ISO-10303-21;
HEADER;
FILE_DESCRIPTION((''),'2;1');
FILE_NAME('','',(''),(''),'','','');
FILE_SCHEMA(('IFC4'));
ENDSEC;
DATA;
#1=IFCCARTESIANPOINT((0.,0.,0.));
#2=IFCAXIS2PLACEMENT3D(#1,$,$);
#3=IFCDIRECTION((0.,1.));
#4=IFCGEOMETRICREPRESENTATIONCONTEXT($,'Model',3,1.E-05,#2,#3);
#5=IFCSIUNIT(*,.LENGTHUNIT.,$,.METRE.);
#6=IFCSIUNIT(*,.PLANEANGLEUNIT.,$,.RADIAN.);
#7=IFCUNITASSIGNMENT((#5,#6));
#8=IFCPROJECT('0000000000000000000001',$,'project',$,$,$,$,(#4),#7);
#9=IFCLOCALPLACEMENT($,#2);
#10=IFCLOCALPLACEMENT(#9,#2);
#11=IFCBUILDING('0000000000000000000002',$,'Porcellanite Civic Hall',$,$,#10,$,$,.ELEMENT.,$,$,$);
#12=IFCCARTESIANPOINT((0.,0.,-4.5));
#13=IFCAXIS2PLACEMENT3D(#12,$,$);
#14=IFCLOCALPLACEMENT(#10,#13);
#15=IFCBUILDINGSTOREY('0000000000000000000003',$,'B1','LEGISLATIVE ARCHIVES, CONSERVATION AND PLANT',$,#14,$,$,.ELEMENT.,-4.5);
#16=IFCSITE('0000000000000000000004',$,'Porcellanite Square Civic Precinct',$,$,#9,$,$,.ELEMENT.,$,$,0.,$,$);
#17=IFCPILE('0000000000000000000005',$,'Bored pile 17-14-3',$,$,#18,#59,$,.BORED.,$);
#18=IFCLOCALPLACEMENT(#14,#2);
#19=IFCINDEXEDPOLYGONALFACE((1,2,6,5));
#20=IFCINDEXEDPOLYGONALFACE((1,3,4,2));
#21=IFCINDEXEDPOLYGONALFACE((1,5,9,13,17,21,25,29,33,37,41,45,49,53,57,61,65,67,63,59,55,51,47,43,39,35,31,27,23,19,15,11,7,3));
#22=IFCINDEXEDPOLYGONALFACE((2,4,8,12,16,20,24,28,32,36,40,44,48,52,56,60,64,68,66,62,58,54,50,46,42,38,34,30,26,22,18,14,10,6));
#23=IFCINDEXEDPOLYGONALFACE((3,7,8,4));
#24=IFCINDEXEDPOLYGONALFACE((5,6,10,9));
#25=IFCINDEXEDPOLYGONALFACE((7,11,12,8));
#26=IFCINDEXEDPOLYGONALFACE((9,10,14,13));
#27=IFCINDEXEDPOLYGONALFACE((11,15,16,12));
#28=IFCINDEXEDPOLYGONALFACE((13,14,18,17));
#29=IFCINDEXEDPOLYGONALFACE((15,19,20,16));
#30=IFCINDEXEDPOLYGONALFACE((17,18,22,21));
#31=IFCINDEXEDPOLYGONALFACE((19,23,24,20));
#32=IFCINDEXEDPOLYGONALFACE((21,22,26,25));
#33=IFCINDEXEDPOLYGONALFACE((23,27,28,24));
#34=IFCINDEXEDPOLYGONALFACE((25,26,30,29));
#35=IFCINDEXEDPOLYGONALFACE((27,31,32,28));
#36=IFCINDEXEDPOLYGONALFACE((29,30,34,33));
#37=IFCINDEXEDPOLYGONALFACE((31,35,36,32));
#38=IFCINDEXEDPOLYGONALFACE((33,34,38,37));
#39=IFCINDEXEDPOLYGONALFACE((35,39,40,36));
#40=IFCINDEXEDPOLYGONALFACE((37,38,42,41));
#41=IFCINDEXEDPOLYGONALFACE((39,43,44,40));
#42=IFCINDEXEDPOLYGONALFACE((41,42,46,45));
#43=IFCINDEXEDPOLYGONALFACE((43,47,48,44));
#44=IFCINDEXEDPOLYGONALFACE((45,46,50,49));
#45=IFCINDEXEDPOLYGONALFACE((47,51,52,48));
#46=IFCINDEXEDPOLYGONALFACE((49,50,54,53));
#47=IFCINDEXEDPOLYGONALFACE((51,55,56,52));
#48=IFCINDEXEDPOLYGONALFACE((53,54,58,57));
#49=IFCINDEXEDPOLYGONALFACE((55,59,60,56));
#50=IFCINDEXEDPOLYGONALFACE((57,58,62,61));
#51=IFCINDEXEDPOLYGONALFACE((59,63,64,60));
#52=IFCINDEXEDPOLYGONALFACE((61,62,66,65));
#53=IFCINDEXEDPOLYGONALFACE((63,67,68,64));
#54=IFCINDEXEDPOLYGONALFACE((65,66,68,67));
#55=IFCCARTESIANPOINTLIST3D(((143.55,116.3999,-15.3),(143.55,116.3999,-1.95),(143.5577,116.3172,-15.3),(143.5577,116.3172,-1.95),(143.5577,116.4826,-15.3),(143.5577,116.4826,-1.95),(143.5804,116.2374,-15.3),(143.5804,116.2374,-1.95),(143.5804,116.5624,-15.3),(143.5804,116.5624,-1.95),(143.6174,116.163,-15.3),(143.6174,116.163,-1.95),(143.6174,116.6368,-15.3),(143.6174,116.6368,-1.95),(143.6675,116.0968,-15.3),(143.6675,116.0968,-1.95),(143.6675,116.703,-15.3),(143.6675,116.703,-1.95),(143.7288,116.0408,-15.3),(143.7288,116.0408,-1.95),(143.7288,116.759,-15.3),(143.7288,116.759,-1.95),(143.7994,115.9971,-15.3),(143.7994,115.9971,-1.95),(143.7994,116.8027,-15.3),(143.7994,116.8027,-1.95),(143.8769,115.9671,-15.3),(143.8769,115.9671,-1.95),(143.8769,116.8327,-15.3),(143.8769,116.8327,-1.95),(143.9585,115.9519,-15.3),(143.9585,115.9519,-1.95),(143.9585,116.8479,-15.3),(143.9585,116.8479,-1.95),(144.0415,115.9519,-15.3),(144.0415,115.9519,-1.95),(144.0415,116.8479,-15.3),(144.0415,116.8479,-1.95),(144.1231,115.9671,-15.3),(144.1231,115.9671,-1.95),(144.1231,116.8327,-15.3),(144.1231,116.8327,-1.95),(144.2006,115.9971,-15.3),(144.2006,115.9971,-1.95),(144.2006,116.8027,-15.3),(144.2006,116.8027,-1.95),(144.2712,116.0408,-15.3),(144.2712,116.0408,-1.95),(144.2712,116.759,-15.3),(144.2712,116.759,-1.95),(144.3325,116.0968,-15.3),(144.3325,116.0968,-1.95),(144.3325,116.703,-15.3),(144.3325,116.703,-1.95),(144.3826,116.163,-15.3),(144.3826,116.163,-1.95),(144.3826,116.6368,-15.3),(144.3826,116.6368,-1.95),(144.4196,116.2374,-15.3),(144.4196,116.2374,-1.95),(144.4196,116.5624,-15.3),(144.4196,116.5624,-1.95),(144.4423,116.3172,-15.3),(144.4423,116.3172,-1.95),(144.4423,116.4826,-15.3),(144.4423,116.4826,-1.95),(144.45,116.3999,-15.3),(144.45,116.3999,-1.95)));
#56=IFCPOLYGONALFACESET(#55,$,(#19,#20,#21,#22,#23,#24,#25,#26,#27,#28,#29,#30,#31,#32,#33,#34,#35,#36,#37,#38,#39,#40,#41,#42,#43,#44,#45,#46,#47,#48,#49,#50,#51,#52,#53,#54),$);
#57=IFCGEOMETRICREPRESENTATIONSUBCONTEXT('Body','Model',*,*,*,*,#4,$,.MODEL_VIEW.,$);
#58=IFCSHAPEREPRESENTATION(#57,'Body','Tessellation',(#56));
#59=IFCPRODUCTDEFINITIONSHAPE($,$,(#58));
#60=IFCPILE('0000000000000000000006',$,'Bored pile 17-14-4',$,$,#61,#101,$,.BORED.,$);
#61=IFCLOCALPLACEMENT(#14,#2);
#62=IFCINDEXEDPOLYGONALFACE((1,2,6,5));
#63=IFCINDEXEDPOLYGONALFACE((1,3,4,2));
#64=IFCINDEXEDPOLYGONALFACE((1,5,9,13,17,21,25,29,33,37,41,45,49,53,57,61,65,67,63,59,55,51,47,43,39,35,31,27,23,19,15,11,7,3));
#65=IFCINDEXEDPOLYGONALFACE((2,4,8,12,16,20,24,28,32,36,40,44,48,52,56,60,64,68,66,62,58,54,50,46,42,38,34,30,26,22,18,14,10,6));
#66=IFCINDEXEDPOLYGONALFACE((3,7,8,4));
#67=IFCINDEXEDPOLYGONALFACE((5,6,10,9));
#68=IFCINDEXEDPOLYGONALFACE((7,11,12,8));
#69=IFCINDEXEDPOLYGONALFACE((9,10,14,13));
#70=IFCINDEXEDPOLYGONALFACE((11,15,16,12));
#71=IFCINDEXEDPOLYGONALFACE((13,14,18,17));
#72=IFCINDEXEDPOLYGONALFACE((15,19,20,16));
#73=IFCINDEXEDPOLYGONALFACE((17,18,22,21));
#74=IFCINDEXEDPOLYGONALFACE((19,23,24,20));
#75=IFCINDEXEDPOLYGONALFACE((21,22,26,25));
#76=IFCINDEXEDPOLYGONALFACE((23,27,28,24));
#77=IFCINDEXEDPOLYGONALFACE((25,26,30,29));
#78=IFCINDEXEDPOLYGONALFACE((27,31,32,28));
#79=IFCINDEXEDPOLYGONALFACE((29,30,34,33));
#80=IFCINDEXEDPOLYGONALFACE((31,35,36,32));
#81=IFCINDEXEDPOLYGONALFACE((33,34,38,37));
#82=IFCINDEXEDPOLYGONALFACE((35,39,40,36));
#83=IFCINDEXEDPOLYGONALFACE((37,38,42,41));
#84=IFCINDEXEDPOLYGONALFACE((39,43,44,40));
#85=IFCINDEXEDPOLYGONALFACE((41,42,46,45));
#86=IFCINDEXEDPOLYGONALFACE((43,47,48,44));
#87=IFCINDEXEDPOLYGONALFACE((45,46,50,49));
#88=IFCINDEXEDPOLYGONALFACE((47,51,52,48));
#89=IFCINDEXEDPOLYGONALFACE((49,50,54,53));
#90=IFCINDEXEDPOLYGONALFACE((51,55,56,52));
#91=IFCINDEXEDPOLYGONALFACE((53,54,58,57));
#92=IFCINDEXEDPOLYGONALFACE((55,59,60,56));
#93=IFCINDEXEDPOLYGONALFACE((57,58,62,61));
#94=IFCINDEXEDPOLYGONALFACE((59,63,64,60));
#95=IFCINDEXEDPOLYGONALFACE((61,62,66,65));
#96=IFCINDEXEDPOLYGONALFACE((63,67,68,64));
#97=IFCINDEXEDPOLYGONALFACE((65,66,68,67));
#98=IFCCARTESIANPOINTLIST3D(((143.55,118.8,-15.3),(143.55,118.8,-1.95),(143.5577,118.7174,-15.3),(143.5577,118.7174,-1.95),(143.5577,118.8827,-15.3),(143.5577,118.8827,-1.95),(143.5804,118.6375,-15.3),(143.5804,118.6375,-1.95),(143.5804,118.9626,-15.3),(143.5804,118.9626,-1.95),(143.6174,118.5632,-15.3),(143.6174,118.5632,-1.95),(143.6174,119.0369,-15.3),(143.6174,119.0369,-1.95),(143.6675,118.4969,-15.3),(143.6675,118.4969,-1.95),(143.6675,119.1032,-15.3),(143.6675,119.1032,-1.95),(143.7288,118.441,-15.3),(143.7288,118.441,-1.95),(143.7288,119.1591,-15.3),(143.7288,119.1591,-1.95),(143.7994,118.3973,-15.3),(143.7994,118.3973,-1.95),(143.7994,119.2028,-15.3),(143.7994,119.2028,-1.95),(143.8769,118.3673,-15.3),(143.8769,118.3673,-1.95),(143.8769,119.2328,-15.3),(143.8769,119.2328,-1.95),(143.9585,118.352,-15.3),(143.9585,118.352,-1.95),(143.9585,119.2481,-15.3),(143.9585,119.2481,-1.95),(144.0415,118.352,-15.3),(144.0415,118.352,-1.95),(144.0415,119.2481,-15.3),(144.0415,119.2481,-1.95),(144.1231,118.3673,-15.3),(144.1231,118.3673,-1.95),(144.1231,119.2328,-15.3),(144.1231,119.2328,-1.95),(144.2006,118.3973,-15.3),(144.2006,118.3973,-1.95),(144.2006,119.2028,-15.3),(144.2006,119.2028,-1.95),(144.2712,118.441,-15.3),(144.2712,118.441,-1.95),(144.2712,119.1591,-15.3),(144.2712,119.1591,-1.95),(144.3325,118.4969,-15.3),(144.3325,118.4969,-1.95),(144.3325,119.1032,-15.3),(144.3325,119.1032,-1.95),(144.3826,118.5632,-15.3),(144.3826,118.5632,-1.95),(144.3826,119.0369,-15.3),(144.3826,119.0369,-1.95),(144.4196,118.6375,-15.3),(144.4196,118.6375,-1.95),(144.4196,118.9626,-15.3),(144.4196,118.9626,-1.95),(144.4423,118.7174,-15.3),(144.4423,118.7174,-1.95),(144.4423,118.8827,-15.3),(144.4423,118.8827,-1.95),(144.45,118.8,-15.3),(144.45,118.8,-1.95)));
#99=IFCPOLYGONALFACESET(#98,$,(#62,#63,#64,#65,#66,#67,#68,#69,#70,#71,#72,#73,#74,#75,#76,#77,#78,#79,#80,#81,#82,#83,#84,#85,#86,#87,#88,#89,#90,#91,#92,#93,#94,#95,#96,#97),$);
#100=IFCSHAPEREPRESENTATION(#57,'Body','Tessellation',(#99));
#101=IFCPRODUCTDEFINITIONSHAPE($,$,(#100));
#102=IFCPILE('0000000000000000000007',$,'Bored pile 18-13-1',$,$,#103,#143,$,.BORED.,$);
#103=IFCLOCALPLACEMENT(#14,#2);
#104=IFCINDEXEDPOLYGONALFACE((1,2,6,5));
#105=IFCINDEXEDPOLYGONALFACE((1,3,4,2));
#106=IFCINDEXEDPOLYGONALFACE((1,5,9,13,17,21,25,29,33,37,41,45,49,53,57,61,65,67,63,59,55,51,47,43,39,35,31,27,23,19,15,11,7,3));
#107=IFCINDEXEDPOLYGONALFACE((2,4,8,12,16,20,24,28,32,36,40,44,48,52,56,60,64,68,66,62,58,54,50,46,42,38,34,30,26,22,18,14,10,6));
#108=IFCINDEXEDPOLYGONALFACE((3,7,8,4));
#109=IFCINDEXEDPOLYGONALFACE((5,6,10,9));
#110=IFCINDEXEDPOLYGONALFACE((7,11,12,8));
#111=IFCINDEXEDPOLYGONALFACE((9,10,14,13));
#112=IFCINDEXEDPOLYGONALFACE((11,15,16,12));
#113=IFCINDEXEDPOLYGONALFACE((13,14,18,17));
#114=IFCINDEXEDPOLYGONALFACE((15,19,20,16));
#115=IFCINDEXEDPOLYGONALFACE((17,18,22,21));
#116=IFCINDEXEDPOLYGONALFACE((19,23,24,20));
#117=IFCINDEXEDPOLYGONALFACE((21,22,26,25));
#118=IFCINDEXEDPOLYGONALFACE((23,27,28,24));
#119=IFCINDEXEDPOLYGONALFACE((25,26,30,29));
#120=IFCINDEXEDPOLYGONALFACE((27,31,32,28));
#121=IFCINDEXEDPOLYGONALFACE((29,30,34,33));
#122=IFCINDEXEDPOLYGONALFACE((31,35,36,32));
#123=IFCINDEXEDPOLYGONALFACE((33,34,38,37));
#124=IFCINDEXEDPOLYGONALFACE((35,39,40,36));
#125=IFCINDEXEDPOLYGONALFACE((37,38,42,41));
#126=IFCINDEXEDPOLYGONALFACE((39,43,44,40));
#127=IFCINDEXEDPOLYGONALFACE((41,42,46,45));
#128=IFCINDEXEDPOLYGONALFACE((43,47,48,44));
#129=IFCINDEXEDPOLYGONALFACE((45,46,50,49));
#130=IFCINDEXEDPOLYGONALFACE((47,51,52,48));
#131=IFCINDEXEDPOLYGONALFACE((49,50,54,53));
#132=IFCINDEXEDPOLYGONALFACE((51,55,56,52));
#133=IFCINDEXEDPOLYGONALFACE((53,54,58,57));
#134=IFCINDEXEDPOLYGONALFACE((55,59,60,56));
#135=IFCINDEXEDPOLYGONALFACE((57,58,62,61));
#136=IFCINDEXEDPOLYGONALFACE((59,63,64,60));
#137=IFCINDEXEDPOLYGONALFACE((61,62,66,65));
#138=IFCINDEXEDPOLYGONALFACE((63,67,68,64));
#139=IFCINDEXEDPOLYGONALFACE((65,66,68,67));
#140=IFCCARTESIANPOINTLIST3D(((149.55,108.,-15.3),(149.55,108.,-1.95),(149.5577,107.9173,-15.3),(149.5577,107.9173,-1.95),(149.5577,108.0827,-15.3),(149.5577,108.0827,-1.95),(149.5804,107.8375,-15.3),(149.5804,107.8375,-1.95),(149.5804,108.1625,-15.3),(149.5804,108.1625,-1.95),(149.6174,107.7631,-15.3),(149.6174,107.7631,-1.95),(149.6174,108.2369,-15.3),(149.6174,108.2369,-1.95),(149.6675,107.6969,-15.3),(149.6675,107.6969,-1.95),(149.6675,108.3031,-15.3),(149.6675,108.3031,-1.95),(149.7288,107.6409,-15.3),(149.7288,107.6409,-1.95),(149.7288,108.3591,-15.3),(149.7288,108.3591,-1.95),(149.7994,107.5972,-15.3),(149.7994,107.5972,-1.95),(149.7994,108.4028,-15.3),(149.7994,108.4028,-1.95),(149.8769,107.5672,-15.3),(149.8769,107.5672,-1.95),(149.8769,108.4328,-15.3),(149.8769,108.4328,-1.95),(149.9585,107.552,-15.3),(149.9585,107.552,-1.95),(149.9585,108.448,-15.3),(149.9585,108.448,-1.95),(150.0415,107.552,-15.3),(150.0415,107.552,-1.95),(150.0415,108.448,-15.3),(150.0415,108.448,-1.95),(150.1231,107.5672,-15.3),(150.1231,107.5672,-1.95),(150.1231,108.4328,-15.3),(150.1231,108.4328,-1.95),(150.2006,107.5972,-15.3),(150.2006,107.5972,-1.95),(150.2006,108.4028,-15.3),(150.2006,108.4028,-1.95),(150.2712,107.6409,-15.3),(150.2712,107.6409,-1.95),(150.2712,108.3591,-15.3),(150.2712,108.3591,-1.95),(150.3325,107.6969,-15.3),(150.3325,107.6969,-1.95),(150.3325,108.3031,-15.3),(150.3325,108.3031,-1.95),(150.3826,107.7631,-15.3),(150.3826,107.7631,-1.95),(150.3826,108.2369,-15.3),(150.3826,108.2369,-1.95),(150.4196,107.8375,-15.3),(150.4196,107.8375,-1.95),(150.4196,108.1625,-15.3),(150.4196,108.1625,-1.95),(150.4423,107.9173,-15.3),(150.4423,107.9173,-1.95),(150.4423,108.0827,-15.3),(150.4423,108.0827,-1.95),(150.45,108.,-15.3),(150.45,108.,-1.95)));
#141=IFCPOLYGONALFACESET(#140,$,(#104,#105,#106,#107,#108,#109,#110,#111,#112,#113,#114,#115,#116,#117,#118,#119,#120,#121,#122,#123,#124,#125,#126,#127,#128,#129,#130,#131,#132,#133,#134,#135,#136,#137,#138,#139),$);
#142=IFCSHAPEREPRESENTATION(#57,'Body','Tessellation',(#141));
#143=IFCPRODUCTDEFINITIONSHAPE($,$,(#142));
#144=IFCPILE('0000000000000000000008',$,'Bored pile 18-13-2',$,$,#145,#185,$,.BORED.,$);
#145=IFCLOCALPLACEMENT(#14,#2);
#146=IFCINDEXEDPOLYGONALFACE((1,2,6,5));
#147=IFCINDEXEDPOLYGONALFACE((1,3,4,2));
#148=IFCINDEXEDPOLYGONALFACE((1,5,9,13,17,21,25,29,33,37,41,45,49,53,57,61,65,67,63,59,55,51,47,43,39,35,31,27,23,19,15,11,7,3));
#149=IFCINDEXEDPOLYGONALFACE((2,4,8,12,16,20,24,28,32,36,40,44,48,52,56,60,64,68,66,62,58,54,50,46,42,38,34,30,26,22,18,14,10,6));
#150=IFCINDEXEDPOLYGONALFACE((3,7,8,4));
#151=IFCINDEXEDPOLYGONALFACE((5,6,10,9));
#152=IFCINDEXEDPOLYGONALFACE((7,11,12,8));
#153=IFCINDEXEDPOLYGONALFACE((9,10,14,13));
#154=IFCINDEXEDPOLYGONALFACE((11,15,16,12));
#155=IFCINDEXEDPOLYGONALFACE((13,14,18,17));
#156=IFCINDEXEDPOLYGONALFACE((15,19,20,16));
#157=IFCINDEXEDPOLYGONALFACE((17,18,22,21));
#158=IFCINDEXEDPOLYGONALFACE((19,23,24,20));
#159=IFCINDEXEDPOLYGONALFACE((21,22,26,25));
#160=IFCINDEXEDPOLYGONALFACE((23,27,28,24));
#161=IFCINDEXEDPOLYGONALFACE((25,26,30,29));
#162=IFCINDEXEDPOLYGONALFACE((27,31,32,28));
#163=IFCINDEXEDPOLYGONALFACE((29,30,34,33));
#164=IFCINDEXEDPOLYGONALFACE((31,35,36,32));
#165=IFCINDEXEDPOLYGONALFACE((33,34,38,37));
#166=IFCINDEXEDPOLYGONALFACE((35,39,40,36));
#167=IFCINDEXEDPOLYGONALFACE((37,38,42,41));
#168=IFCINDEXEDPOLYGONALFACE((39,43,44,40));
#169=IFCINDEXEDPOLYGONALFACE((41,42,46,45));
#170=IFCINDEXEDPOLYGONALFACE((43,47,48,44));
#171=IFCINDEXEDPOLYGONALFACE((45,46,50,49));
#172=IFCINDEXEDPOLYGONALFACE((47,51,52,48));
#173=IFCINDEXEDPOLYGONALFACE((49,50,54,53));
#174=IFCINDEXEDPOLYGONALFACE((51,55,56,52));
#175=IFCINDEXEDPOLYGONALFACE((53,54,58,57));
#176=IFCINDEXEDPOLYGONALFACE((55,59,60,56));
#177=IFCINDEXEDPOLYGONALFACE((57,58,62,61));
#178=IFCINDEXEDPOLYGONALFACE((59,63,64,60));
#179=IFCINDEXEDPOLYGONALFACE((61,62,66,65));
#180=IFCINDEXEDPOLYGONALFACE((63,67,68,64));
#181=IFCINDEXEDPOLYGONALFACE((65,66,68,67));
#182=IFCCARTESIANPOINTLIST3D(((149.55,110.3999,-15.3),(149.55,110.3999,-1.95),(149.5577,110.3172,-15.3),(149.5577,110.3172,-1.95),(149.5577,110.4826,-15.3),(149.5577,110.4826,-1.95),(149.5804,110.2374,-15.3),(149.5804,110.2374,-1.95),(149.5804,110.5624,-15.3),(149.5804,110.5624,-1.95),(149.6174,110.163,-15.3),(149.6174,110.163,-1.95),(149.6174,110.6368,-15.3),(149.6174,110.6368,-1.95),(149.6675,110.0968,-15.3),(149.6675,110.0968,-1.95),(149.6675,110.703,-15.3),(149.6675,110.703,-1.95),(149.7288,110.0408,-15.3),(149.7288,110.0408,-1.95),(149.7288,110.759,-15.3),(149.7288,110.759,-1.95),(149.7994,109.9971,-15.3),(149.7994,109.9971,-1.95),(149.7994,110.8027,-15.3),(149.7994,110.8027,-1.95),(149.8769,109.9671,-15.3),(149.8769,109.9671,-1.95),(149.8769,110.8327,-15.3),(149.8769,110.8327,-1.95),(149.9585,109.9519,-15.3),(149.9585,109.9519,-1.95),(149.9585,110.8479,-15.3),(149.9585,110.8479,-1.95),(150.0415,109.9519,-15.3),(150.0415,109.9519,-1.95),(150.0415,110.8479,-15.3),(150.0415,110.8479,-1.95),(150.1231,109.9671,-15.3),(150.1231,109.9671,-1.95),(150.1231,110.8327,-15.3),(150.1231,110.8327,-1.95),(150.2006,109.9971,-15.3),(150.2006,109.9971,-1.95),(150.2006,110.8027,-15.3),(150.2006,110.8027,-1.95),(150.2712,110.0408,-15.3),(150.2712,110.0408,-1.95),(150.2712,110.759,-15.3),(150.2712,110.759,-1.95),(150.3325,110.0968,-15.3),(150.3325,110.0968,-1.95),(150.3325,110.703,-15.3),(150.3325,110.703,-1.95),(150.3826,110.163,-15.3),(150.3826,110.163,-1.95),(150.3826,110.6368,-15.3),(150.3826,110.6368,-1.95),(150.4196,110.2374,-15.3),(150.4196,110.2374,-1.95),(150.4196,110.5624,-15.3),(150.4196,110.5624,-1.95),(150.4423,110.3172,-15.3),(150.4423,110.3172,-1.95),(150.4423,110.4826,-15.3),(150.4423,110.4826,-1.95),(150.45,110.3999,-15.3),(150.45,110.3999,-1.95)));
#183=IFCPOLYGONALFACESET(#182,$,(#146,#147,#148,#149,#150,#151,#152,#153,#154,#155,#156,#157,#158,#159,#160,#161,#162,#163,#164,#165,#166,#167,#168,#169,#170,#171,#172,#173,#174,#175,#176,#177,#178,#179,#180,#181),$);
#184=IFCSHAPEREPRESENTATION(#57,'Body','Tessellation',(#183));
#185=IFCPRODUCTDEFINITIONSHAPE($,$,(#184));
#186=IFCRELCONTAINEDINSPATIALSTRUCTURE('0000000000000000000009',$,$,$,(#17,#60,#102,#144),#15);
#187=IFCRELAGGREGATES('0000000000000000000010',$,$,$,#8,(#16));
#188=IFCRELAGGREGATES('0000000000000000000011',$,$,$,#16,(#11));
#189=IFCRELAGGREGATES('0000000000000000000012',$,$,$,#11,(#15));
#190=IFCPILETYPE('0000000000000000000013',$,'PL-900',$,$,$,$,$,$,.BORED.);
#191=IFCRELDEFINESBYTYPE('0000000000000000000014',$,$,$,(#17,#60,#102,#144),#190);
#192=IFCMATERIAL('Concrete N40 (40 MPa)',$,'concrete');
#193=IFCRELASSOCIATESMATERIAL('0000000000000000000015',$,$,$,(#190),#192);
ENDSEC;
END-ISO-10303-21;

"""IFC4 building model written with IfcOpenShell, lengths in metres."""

from ifc_helpers import new_model, si_unit, direction, frame, origin, origin_2d, place, context, subcontext, project, spatial, circle, extrude, material, material_profile, profile_set, type_object, element, save


model = new_model("IFC4")

# Units and contexts
model_context = context("Model", 3, precision=1e-05, world=origin(), true_north=direction((0.0, 1.0)))
body_context = subcontext(model_context, "Body", "Model", "MODEL_VIEW")
ifc_project = project(units=[si_unit("LENGTHUNIT", "METRE"), si_unit("PLANEANGLEUNIT", "RADIAN")], contexts=[model_context])

# Site, building, storey
site_placement = place(None, origin())
site = spatial("IfcSite", under=ifc_project, at=site_placement, Name="Porcellanite Square Civic Precinct", CompositionType="ELEMENT", RefElevation=0.0)
building_placement = place(site_placement, origin())
building = spatial("IfcBuilding", under=site, at=building_placement, Name="Porcellanite Civic Hall", CompositionType="ELEMENT")
storey_placement = place(building_placement, frame((0.0, 0.0, -4.5)))
storey = spatial("IfcBuildingStorey", under=building, at=storey_placement, Name="B1", Description="LEGISLATIVE ARCHIVES, CONSERVATION AND PLANT", CompositionType="ELEMENT", Elevation=-4.5)

# Piles
ifc_material_1 = material(Name="Concrete N40 (40 MPa)", Category="concrete")
ifc_material_profile_1 = material_profile(ifc_material_1, circle(Radius=0.45, at=origin_2d()), Name="PILE-D900")
ifc_profile_set_1 = profile_set([ifc_material_profile_1], Name="Concrete N40 (40 MPa)")
pile_type = type_object("IfcPileType", Name="PL-900", PredefinedType="BORED", material=ifc_profile_set_1)
for number, where, z_axis, x_axis, name in (
    (1, (144.0, 116.3999, -1.95), (0.0, 0.0, -1.0), (1.0, 0.0, 0.0), "Bored pile 17-14-3"),
    (2, (144.0, 118.8, -1.95), (0.0, 0.0, -1.0), (1.0, 0.0, 0.0), "Bored pile 17-14-4"),
    (3, (150.0, 108.0, -1.95), (0.0, 0.0, -1.0), (1.0, 0.0, 0.0), "Bored pile 18-13-1"),
    (4, (150.0, 110.3999, -1.95), (0.0, 0.0, -1.0), (1.0, 0.0, 0.0), "Bored pile 18-13-2"),
):
    element("IfcPile", number, at=place(storey_placement, frame(where, z_axis=z_axis, x_axis=x_axis)), inside=storey, type_object=pile_type, Name=name, PredefinedType="BORED", context=body_context, shape_type="SweptSolid", body=[
        extrude(circle(Radius=0.45, at=origin_2d()), origin(), (0.0, 0.0, 1.0), 13.3501),
    ])

save(model, "model.ifc")
